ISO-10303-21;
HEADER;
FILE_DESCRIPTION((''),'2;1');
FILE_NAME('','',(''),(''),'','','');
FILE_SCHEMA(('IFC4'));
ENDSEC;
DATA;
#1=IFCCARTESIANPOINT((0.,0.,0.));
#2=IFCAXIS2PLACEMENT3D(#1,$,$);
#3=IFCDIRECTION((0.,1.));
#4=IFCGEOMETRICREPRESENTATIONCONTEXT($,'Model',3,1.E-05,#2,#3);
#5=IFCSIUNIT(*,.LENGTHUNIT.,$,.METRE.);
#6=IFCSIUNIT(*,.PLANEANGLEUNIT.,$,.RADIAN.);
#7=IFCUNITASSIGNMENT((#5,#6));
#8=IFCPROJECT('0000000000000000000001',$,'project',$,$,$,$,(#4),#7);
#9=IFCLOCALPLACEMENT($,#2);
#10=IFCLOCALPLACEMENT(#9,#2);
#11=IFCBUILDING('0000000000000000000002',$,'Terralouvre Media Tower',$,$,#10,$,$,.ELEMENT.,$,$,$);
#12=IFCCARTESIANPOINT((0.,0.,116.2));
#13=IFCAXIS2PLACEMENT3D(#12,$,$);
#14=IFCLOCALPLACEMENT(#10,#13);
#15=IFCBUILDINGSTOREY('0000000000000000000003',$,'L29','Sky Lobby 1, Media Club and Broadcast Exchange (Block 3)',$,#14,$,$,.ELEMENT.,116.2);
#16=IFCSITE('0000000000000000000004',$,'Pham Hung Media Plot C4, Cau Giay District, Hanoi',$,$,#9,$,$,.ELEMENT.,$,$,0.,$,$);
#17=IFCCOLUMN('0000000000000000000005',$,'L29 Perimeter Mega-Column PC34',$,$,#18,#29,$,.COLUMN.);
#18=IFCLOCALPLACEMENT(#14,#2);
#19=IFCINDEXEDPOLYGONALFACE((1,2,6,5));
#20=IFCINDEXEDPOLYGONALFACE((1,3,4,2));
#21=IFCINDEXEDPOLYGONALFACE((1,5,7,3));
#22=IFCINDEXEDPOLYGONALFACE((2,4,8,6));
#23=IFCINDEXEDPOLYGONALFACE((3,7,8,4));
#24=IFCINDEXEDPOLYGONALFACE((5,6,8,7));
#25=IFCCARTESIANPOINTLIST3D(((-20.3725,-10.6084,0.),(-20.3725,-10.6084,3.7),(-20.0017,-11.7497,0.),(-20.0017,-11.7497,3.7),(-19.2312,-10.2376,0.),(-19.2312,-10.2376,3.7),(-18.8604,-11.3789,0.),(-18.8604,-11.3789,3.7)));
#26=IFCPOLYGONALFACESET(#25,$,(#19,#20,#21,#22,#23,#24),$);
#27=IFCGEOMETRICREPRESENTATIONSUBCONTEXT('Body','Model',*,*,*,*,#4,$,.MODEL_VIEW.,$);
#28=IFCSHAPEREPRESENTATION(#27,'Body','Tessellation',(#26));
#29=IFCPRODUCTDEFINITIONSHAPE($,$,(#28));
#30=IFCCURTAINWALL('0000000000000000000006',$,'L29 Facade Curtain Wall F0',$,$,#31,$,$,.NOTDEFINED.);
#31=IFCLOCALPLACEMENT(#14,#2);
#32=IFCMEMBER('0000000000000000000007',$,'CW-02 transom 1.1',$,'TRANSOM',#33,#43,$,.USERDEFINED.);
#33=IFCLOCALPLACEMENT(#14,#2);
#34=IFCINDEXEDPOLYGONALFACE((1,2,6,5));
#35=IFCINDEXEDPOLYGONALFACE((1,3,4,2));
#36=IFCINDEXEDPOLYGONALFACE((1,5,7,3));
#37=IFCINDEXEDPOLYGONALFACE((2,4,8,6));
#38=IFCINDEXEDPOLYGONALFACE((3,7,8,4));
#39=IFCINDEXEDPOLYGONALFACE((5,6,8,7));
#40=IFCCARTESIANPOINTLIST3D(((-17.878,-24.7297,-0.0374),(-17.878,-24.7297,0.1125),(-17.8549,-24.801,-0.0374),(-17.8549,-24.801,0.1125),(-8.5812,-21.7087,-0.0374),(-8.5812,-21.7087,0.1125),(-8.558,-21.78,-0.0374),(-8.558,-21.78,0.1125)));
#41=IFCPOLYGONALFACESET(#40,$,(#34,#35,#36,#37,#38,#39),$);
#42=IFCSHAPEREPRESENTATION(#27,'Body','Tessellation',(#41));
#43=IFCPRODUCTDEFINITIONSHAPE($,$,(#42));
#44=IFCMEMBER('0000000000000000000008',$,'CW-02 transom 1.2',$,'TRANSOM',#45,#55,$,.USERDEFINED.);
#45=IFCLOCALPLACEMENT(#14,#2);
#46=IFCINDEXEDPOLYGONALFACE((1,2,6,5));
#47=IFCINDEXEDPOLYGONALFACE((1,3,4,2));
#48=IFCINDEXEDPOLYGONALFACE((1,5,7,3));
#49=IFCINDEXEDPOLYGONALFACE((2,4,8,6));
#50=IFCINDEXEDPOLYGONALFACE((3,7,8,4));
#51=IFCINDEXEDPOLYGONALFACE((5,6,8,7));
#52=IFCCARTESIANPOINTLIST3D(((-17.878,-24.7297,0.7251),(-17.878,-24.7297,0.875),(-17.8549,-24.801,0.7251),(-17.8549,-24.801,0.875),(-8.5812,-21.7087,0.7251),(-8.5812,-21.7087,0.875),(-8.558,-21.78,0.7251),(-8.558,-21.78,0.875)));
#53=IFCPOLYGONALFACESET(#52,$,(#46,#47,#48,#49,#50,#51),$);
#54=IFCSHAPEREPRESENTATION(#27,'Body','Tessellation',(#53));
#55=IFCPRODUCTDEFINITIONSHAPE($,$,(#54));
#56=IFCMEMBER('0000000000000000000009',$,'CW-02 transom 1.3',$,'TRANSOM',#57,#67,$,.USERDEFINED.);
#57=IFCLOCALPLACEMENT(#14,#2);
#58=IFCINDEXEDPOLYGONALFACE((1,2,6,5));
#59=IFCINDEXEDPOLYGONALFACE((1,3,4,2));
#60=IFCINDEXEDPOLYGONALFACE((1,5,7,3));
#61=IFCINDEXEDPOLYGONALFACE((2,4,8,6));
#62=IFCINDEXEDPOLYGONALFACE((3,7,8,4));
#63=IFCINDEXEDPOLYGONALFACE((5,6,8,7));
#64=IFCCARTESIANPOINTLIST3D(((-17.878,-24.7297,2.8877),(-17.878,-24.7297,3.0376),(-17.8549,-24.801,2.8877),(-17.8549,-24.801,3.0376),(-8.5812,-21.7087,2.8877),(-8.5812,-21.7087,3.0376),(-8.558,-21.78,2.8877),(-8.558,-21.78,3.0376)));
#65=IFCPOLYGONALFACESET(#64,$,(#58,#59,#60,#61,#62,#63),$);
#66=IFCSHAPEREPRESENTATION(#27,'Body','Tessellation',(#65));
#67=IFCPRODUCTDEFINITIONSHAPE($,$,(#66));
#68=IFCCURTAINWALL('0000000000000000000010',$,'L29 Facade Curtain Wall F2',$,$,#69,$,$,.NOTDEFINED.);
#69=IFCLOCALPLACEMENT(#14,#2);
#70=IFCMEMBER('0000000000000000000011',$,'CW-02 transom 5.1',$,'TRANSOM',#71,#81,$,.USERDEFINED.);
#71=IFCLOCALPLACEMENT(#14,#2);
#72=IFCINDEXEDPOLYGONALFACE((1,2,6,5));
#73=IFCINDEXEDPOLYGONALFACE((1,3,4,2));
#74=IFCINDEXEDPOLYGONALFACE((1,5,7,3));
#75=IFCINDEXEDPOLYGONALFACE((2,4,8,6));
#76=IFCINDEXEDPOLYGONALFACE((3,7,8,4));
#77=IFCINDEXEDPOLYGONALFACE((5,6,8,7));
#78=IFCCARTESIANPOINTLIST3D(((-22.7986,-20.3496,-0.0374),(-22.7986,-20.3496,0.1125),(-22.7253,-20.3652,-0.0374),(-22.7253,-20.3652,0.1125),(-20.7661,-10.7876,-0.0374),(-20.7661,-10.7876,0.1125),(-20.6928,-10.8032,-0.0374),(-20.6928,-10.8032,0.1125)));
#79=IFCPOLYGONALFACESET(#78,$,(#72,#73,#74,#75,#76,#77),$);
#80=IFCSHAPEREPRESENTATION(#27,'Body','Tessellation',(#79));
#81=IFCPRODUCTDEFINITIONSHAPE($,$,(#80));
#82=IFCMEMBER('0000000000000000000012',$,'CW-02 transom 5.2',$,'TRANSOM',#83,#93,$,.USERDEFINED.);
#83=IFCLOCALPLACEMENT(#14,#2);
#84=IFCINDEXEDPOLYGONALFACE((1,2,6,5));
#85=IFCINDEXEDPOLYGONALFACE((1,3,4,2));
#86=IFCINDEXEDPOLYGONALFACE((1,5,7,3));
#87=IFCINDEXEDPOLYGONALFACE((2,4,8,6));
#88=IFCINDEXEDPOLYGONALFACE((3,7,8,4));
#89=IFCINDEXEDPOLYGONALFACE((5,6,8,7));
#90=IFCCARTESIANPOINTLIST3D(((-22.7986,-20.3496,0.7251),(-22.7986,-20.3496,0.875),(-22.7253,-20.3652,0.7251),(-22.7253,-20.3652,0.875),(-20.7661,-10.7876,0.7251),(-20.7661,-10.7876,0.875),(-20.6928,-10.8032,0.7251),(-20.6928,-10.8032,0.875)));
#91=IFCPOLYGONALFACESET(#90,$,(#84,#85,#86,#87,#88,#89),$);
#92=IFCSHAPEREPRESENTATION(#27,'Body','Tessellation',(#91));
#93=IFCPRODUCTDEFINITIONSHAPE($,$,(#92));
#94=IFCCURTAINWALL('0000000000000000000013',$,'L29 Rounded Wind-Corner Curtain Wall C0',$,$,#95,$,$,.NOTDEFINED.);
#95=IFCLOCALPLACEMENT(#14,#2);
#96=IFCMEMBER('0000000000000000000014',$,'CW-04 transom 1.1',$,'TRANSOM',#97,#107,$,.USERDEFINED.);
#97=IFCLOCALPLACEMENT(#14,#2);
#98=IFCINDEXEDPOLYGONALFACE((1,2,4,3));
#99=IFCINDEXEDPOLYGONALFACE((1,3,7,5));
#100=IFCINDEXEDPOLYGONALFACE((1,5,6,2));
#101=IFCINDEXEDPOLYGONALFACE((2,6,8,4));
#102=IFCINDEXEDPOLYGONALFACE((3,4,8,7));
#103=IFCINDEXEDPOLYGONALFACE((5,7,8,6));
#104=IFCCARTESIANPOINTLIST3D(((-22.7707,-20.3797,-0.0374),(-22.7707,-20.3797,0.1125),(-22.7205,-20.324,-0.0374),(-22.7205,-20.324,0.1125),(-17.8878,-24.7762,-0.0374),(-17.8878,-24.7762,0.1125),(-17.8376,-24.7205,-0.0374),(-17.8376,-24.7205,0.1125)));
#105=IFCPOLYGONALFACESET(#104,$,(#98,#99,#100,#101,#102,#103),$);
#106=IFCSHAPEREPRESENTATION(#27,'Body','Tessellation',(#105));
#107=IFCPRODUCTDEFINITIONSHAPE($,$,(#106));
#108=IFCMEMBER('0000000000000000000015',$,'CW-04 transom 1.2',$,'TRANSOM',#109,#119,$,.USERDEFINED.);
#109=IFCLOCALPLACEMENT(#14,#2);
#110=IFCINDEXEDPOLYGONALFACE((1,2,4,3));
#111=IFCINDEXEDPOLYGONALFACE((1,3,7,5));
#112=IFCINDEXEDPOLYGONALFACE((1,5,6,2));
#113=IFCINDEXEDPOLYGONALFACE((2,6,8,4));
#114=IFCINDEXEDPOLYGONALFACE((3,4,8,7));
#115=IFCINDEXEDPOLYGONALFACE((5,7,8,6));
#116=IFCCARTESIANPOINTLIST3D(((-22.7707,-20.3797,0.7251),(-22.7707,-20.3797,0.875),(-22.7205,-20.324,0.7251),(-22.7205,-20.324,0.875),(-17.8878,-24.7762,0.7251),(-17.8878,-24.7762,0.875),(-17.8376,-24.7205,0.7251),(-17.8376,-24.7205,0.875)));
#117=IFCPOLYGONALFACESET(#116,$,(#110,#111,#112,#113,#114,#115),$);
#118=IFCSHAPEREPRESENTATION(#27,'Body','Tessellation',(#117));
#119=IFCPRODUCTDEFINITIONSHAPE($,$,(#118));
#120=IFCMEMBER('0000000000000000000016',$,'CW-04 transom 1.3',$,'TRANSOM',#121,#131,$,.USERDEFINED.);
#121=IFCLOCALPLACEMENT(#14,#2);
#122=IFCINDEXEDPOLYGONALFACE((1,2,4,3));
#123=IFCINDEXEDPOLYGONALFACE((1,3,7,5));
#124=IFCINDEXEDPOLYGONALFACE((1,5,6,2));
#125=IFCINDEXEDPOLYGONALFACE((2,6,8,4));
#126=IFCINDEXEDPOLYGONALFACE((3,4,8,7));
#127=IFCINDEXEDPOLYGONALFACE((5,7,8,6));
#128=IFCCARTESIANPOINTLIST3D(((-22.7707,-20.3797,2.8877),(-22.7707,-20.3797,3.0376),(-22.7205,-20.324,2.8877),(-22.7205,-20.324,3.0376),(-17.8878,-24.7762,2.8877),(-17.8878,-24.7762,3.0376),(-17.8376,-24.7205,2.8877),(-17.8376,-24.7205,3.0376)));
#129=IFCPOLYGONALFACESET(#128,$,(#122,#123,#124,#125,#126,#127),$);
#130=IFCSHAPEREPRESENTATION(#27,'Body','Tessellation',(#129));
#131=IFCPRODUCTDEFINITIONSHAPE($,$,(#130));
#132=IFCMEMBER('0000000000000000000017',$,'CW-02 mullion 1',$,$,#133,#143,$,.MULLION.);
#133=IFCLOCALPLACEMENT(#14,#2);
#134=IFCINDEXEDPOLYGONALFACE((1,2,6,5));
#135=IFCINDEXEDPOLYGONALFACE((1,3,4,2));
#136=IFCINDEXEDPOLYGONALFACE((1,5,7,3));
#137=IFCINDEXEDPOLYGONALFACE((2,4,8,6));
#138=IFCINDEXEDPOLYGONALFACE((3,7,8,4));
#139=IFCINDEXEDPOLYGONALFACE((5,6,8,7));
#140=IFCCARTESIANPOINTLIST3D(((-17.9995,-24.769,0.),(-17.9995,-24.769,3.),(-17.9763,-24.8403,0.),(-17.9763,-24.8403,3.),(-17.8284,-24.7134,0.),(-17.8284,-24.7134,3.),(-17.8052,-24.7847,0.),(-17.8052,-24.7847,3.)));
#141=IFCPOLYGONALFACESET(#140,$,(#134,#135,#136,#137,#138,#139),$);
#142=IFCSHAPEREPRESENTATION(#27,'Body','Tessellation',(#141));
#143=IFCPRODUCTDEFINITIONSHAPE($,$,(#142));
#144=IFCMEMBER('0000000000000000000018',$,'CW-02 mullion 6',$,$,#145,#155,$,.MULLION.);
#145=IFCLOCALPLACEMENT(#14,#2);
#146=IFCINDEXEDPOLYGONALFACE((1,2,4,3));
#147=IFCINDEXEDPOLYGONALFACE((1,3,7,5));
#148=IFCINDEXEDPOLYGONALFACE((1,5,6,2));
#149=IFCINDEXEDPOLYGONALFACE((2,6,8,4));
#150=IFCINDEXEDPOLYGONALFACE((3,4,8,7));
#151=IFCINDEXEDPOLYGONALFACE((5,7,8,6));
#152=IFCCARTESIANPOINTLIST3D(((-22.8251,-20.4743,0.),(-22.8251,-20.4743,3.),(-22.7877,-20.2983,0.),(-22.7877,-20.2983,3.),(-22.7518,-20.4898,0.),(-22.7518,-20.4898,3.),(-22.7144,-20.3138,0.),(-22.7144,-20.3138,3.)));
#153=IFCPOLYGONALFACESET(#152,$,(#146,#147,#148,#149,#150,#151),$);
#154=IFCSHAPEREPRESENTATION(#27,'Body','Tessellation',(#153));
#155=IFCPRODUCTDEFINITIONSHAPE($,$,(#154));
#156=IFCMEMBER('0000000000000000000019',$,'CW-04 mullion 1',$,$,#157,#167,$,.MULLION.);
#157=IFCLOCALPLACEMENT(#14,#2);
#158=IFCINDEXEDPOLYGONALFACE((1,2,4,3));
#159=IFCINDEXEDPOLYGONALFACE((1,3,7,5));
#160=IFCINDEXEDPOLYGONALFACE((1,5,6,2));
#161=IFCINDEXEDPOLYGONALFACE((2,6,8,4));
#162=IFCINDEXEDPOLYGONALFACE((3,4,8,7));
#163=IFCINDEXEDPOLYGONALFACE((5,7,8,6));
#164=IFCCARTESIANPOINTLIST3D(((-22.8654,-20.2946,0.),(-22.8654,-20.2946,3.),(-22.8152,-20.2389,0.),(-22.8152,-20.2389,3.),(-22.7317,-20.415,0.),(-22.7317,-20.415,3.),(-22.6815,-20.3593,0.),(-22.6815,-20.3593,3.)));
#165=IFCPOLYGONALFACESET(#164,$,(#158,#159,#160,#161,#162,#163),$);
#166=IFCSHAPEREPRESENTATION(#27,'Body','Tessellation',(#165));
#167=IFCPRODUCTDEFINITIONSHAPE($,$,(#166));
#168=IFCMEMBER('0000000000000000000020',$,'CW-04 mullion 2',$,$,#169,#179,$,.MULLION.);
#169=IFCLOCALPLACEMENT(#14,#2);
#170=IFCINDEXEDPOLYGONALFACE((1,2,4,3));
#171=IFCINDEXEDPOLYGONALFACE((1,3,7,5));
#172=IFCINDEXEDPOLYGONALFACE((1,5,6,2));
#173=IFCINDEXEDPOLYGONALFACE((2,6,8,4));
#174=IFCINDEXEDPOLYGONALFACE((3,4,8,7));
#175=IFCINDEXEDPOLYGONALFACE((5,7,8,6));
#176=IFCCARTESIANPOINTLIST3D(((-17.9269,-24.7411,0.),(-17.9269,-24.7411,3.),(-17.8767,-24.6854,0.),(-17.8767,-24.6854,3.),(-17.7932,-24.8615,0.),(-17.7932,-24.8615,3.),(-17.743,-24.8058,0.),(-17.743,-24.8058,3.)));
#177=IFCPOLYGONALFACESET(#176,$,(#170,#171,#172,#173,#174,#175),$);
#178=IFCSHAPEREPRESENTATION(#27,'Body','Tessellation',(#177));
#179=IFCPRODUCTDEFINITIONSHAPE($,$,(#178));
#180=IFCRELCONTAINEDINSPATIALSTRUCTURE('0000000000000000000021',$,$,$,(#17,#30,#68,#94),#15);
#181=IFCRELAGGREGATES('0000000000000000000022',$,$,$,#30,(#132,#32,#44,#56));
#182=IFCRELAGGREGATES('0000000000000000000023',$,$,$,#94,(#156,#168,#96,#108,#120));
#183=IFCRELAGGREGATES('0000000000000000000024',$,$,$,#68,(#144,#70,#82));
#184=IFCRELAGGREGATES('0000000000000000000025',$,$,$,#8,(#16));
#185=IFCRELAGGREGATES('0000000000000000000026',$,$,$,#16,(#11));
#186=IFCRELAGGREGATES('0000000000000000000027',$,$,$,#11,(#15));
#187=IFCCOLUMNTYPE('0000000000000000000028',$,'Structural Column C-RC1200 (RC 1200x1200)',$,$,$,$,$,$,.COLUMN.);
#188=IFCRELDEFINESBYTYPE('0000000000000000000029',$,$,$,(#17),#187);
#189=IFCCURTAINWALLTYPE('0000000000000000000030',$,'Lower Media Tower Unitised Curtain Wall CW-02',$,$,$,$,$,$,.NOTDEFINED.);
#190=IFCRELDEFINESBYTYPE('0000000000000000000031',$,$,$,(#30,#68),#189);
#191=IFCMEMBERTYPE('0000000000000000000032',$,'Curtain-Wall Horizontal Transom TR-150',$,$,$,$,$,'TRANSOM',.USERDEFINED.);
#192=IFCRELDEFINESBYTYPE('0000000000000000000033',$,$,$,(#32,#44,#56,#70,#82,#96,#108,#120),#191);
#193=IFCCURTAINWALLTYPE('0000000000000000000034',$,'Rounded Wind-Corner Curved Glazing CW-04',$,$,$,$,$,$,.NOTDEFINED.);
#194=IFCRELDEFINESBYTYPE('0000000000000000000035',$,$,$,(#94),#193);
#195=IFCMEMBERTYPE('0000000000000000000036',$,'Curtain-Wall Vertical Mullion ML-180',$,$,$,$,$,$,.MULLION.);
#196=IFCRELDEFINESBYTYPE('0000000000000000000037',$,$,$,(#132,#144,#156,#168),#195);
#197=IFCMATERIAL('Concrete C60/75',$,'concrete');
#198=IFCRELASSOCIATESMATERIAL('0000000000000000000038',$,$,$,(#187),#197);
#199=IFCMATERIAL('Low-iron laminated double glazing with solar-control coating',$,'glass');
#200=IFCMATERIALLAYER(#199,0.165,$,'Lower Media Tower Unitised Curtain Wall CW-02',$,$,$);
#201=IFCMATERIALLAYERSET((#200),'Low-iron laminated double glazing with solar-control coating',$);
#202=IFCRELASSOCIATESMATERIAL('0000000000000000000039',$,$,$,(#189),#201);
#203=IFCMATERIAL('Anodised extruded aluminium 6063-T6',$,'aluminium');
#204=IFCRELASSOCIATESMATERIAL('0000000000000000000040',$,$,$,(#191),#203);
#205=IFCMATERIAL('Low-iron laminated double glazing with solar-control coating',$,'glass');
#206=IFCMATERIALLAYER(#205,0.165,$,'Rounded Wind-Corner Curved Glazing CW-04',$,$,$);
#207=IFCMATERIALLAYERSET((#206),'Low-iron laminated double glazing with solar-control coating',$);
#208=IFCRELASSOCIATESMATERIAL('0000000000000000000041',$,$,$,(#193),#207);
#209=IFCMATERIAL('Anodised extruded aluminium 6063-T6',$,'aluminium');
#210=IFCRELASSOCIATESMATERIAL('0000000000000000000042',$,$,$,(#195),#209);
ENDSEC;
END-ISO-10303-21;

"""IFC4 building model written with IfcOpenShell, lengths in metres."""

from ifc_helpers import new_model, si_unit, direction, frame, origin, origin_2d, place, context, subcontext, project, spatial, rectangle, extrude, material, layer, layer_set, material_profile, profile_set, type_object, element, aggregate, save


model = new_model("IFC4")

# Units and contexts
model_context = context("Model", 3, precision=1e-05, world=origin(), true_north=direction((0.0, 1.0)))
body_context = subcontext(model_context, "Body", "Model", "MODEL_VIEW")
ifc_project = project(units=[si_unit("LENGTHUNIT", "METRE"), si_unit("PLANEANGLEUNIT", "RADIAN")], contexts=[model_context])

# Site, building, storey
site_placement = place(None, origin())
site = spatial("IfcSite", under=ifc_project, at=site_placement, Name="Pham Hung Media Plot C4, Cau Giay District, Hanoi", CompositionType="ELEMENT", RefElevation=0.0)
building_placement = place(site_placement, origin())
building = spatial("IfcBuilding", under=site, at=building_placement, Name="Terralouvre Media Tower", CompositionType="ELEMENT")
storey_placement = place(building_placement, frame((0.0, 0.0, 116.2)))
storey = spatial("IfcBuildingStorey", under=building, at=storey_placement, Name="L29", Description="Sky Lobby 1, Media Club and Broadcast Exchange (Block 3)", CompositionType="ELEMENT", Elevation=116.2)

# Column
ifc_material_1 = material(Name="Concrete C60/75", Category="concrete")
ifc_material_profile_1 = material_profile(ifc_material_1, rectangle(XDim=1.2, YDim=1.2, at=origin_2d()), Name="RC 1200x1200")
ifc_profile_set_1 = profile_set([ifc_material_profile_1], Name="Concrete C60/75")
column_type = type_object("IfcColumnType", Name="Structural Column C-RC1200 (RC 1200x1200)", PredefinedType="COLUMN", material=ifc_profile_set_1)
column_placement = place(storey_placement, frame((-19.6165, -10.9937, 0.0), z_axis=(0.0, 0.0, 1.0), x_axis=(0.951057, 0.309017, 0.0)))
element("IfcColumn", 1, at=column_placement, inside=storey, type_object=column_type, Name="L29 Perimeter Mega-Column PC34", PredefinedType="COLUMN", context=body_context, shape_type="SweptSolid", body=[
    extrude(rectangle(XDim=1.2, YDim=1.2, at=origin_2d()), origin(), (0.0, 0.0, 1.0), 3.7),
])

# Curtain walls, members
ifc_material_2 = material(Name="Low-iron laminated double glazing with solar-control coating", Category="glass")
ifc_layer_1 = layer(ifc_material_2, 0.165, Name="Lower Media Tower Unitised Curtain Wall CW-02")
ifc_layer_set_1 = layer_set([ifc_layer_1], Name="Low-iron laminated double glazing with solar-control coating")
curtain_wall_type_1 = type_object("IfcCurtainWallType", Name="Lower Media Tower Unitised Curtain Wall CW-02", PredefinedType="NOTDEFINED", material=ifc_layer_set_1)
curtain_wall_1_placement = place(storey_placement, origin())
curtain_wall_1 = element("IfcCurtainWall", 2, at=curtain_wall_1_placement, inside=storey, type_object=curtain_wall_type_1, Name="L29 Facade Curtain Wall F0", PredefinedType="NOTDEFINED")
ifc_material_3 = material(Name="Anodised extruded aluminium 6063-T6", Category="aluminium")
ifc_material_profile_2 = material_profile(ifc_material_3, rectangle(XDim=0.075, YDim=0.1499, at=origin_2d()), Name="ALU 75x150")
ifc_profile_set_2 = profile_set([ifc_material_profile_2], Name="Anodised extruded aluminium 6063-T6")
member_type_1 = type_object("IfcMemberType", Name="Curtain-Wall Horizontal Transom TR-150", ElementType="TRANSOM", PredefinedType="USERDEFINED", material=ifc_profile_set_2)
member_1_placement = place(storey_placement, frame((-17.8665, -24.7654, 0.0376), z_axis=(0.951049, 0.309041, 0.0), x_axis=(-0.309041, 0.951049, 0.0)))
member_1 = element("IfcMember", 3, at=member_1_placement, type_object=member_type_1, Name="CW-02 transom 1.1", ObjectType="TRANSOM", PredefinedType="USERDEFINED", context=body_context, shape_type="SweptSolid", body=[
    extrude(rectangle(XDim=0.075, YDim=0.1499, at=origin_2d()), origin(), (0.0, 0.0, 1.0), 9.7754),
])
member_2_placement = place(storey_placement, frame((-17.8665, -24.7654, 0.8), z_axis=(0.951049, 0.309041, 0.0), x_axis=(-0.309041, 0.951049, 0.0)))
member_2 = element("IfcMember", 4, at=member_2_placement, type_object=member_type_1, Name="CW-02 transom 1.2", ObjectType="TRANSOM", PredefinedType="USERDEFINED", context=body_context, shape_type="SweptSolid", body=[
    extrude(rectangle(XDim=0.075, YDim=0.1499, at=origin_2d()), origin(), (0.0, 0.0, 1.0), 9.7754),
])
member_3_placement = place(storey_placement, frame((-17.8665, -24.7654, 2.9626), z_axis=(0.951049, 0.309041, 0.0), x_axis=(-0.309041, 0.951049, 0.0)))
member_3 = element("IfcMember", 5, at=member_3_placement, type_object=member_type_1, Name="CW-02 transom 1.3", ObjectType="TRANSOM", PredefinedType="USERDEFINED", context=body_context, shape_type="SweptSolid", body=[
    extrude(rectangle(XDim=0.075, YDim=0.1499, at=origin_2d()), origin(), (0.0, 0.0, 1.0), 9.7754),
])
curtain_wall_2_placement = place(storey_placement, origin())
curtain_wall_2 = element("IfcCurtainWall", 6, at=curtain_wall_2_placement, inside=storey, type_object=curtain_wall_type_1, Name="L29 Facade Curtain Wall F2", PredefinedType="NOTDEFINED")
member_4_placement = place(storey_placement, frame((-20.7295, -10.7954, 0.0376), z_axis=(-0.207912, -0.978148, 0.0), x_axis=(0.978148, -0.207912, 0.0)))
member_4 = element("IfcMember", 7, at=member_4_placement, type_object=member_type_1, Name="CW-02 transom 5.1", ObjectType="TRANSOM", PredefinedType="USERDEFINED", context=body_context, shape_type="SweptSolid", body=[
    extrude(rectangle(XDim=0.075, YDim=0.1499, at=origin_2d()), origin(), (0.0, 0.0, 1.0), 9.7756),
])
member_5_placement = place(storey_placement, frame((-20.7295, -10.7954, 0.8), z_axis=(-0.207912, -0.978148, 0.0), x_axis=(0.978148, -0.207912, 0.0)))
member_5 = element("IfcMember", 8, at=member_5_placement, type_object=member_type_1, Name="CW-02 transom 5.2", ObjectType="TRANSOM", PredefinedType="USERDEFINED", context=body_context, shape_type="SweptSolid", body=[
    extrude(rectangle(XDim=0.075, YDim=0.1499, at=origin_2d()), origin(), (0.0, 0.0, 1.0), 9.7756),
])
ifc_material_4 = material(Name="Low-iron laminated double glazing with solar-control coating", Category="glass")
ifc_layer_2 = layer(ifc_material_4, 0.165, Name="Rounded Wind-Corner Curved Glazing CW-04")
ifc_layer_set_2 = layer_set([ifc_layer_2], Name="Low-iron laminated double glazing with solar-control coating")
curtain_wall_type_2 = type_object("IfcCurtainWallType", Name="Rounded Wind-Corner Curved Glazing CW-04", PredefinedType="NOTDEFINED", material=ifc_layer_set_2)
curtain_wall_3_placement = place(storey_placement, origin())
curtain_wall_3 = element("IfcCurtainWall", 9, at=curtain_wall_3_placement, inside=storey, type_object=curtain_wall_type_2, Name="L29 Rounded Wind-Corner Curtain Wall C0", PredefinedType="NOTDEFINED")
member_6_placement = place(storey_placement, frame((-22.7456, -20.3518, 0.0376), z_axis=(0.743146, -0.669129, 0.0), x_axis=(0.669129, 0.743146, 0.0)))
member_6 = element("IfcMember", 10, at=member_6_placement, type_object=member_type_1, Name="CW-04 transom 1.1", ObjectType="TRANSOM", PredefinedType="USERDEFINED", context=body_context, shape_type="SweptSolid", body=[
    extrude(rectangle(XDim=0.075, YDim=0.1499, at=origin_2d()), origin(), (0.0, 0.0, 1.0), 6.5706),
])
member_7_placement = place(storey_placement, frame((-22.7456, -20.3518, 0.8), z_axis=(0.743146, -0.669129, 0.0), x_axis=(0.669129, 0.743146, 0.0)))
member_7 = element("IfcMember", 11, at=member_7_placement, type_object=member_type_1, Name="CW-04 transom 1.2", ObjectType="TRANSOM", PredefinedType="USERDEFINED", context=body_context, shape_type="SweptSolid", body=[
    extrude(rectangle(XDim=0.075, YDim=0.1499, at=origin_2d()), origin(), (0.0, 0.0, 1.0), 6.5706),
])
member_8_placement = place(storey_placement, frame((-22.7456, -20.3518, 2.9626), z_axis=(0.743146, -0.669129, 0.0), x_axis=(0.669129, 0.743146, 0.0)))
member_8 = element("IfcMember", 12, at=member_8_placement, type_object=member_type_1, Name="CW-04 transom 1.3", ObjectType="TRANSOM", PredefinedType="USERDEFINED", context=body_context, shape_type="SweptSolid", body=[
    extrude(rectangle(XDim=0.075, YDim=0.1499, at=origin_2d()), origin(), (0.0, 0.0, 1.0), 6.5706),
])

# Members
ifc_material_5 = material(Name="Anodised extruded aluminium 6063-T6", Category="aluminium")
ifc_material_profile_3 = material_profile(ifc_material_5, rectangle(XDim=0.075, YDim=0.1799, at=origin_2d()), Name="ALU 75x180")
ifc_profile_set_3 = profile_set([ifc_material_profile_3], Name="Anodised extruded aluminium 6063-T6")
member_type_2 = type_object("IfcMemberType", Name="Curtain-Wall Vertical Mullion ML-180", PredefinedType="MULLION", material=ifc_profile_set_3)
member_9_placement = place(storey_placement, frame((-17.9023, -24.7769, 0.0), z_axis=(0.0, 0.0, 1.0), x_axis=(-0.309017, 0.951057, 0.0)))
member_9 = element("IfcMember", 13, at=member_9_placement, type_object=member_type_2, Name="CW-02 mullion 1", PredefinedType="MULLION", context=body_context, shape_type="SweptSolid", body=[
    extrude(rectangle(XDim=0.075, YDim=0.1799, at=origin_2d()), origin(), (0.0, 0.0, 1.0), 3.0),
])
aggregate(curtain_wall_1, [member_9, member_1, member_2, member_3])
member_10_placement = place(storey_placement, frame((-22.7698, -20.394, 0.0), z_axis=(0.0, 0.0, 1.0), x_axis=(0.978148, -0.207912, 0.0)))
member_10 = element("IfcMember", 14, at=member_10_placement, type_object=member_type_2, Name="CW-02 mullion 6", PredefinedType="MULLION", context=body_context, shape_type="SweptSolid", body=[
    extrude(rectangle(XDim=0.075, YDim=0.1799, at=origin_2d()), origin(), (0.0, 0.0, 1.0), 3.0),
])
member_11_placement = place(storey_placement, frame((-22.7734, -20.3269, 0.0), z_axis=(0.0, 0.0, 1.0), x_axis=(0.669131, 0.743145, 0.0)))
member_11 = element("IfcMember", 15, at=member_11_placement, type_object=member_type_2, Name="CW-04 mullion 1", PredefinedType="MULLION", context=body_context, shape_type="SweptSolid", body=[
    extrude(rectangle(XDim=0.075, YDim=0.1799, at=origin_2d()), origin(), (0.0, 0.0, 1.0), 3.0),
])
member_12_placement = place(storey_placement, frame((-17.835, -24.7734, 0.0), z_axis=(0.0, 0.0, 1.0), x_axis=(0.669131, 0.743145, 0.0)))
member_12 = element("IfcMember", 16, at=member_12_placement, type_object=member_type_2, Name="CW-04 mullion 2", PredefinedType="MULLION", context=body_context, shape_type="SweptSolid", body=[
    extrude(rectangle(XDim=0.075, YDim=0.1799, at=origin_2d()), origin(), (0.0, 0.0, 1.0), 3.0),
])

aggregate(curtain_wall_3, [member_11, member_12, member_6, member_7, member_8])
aggregate(curtain_wall_2, [member_10, member_4, member_5])

save(model, "model.ifc")
